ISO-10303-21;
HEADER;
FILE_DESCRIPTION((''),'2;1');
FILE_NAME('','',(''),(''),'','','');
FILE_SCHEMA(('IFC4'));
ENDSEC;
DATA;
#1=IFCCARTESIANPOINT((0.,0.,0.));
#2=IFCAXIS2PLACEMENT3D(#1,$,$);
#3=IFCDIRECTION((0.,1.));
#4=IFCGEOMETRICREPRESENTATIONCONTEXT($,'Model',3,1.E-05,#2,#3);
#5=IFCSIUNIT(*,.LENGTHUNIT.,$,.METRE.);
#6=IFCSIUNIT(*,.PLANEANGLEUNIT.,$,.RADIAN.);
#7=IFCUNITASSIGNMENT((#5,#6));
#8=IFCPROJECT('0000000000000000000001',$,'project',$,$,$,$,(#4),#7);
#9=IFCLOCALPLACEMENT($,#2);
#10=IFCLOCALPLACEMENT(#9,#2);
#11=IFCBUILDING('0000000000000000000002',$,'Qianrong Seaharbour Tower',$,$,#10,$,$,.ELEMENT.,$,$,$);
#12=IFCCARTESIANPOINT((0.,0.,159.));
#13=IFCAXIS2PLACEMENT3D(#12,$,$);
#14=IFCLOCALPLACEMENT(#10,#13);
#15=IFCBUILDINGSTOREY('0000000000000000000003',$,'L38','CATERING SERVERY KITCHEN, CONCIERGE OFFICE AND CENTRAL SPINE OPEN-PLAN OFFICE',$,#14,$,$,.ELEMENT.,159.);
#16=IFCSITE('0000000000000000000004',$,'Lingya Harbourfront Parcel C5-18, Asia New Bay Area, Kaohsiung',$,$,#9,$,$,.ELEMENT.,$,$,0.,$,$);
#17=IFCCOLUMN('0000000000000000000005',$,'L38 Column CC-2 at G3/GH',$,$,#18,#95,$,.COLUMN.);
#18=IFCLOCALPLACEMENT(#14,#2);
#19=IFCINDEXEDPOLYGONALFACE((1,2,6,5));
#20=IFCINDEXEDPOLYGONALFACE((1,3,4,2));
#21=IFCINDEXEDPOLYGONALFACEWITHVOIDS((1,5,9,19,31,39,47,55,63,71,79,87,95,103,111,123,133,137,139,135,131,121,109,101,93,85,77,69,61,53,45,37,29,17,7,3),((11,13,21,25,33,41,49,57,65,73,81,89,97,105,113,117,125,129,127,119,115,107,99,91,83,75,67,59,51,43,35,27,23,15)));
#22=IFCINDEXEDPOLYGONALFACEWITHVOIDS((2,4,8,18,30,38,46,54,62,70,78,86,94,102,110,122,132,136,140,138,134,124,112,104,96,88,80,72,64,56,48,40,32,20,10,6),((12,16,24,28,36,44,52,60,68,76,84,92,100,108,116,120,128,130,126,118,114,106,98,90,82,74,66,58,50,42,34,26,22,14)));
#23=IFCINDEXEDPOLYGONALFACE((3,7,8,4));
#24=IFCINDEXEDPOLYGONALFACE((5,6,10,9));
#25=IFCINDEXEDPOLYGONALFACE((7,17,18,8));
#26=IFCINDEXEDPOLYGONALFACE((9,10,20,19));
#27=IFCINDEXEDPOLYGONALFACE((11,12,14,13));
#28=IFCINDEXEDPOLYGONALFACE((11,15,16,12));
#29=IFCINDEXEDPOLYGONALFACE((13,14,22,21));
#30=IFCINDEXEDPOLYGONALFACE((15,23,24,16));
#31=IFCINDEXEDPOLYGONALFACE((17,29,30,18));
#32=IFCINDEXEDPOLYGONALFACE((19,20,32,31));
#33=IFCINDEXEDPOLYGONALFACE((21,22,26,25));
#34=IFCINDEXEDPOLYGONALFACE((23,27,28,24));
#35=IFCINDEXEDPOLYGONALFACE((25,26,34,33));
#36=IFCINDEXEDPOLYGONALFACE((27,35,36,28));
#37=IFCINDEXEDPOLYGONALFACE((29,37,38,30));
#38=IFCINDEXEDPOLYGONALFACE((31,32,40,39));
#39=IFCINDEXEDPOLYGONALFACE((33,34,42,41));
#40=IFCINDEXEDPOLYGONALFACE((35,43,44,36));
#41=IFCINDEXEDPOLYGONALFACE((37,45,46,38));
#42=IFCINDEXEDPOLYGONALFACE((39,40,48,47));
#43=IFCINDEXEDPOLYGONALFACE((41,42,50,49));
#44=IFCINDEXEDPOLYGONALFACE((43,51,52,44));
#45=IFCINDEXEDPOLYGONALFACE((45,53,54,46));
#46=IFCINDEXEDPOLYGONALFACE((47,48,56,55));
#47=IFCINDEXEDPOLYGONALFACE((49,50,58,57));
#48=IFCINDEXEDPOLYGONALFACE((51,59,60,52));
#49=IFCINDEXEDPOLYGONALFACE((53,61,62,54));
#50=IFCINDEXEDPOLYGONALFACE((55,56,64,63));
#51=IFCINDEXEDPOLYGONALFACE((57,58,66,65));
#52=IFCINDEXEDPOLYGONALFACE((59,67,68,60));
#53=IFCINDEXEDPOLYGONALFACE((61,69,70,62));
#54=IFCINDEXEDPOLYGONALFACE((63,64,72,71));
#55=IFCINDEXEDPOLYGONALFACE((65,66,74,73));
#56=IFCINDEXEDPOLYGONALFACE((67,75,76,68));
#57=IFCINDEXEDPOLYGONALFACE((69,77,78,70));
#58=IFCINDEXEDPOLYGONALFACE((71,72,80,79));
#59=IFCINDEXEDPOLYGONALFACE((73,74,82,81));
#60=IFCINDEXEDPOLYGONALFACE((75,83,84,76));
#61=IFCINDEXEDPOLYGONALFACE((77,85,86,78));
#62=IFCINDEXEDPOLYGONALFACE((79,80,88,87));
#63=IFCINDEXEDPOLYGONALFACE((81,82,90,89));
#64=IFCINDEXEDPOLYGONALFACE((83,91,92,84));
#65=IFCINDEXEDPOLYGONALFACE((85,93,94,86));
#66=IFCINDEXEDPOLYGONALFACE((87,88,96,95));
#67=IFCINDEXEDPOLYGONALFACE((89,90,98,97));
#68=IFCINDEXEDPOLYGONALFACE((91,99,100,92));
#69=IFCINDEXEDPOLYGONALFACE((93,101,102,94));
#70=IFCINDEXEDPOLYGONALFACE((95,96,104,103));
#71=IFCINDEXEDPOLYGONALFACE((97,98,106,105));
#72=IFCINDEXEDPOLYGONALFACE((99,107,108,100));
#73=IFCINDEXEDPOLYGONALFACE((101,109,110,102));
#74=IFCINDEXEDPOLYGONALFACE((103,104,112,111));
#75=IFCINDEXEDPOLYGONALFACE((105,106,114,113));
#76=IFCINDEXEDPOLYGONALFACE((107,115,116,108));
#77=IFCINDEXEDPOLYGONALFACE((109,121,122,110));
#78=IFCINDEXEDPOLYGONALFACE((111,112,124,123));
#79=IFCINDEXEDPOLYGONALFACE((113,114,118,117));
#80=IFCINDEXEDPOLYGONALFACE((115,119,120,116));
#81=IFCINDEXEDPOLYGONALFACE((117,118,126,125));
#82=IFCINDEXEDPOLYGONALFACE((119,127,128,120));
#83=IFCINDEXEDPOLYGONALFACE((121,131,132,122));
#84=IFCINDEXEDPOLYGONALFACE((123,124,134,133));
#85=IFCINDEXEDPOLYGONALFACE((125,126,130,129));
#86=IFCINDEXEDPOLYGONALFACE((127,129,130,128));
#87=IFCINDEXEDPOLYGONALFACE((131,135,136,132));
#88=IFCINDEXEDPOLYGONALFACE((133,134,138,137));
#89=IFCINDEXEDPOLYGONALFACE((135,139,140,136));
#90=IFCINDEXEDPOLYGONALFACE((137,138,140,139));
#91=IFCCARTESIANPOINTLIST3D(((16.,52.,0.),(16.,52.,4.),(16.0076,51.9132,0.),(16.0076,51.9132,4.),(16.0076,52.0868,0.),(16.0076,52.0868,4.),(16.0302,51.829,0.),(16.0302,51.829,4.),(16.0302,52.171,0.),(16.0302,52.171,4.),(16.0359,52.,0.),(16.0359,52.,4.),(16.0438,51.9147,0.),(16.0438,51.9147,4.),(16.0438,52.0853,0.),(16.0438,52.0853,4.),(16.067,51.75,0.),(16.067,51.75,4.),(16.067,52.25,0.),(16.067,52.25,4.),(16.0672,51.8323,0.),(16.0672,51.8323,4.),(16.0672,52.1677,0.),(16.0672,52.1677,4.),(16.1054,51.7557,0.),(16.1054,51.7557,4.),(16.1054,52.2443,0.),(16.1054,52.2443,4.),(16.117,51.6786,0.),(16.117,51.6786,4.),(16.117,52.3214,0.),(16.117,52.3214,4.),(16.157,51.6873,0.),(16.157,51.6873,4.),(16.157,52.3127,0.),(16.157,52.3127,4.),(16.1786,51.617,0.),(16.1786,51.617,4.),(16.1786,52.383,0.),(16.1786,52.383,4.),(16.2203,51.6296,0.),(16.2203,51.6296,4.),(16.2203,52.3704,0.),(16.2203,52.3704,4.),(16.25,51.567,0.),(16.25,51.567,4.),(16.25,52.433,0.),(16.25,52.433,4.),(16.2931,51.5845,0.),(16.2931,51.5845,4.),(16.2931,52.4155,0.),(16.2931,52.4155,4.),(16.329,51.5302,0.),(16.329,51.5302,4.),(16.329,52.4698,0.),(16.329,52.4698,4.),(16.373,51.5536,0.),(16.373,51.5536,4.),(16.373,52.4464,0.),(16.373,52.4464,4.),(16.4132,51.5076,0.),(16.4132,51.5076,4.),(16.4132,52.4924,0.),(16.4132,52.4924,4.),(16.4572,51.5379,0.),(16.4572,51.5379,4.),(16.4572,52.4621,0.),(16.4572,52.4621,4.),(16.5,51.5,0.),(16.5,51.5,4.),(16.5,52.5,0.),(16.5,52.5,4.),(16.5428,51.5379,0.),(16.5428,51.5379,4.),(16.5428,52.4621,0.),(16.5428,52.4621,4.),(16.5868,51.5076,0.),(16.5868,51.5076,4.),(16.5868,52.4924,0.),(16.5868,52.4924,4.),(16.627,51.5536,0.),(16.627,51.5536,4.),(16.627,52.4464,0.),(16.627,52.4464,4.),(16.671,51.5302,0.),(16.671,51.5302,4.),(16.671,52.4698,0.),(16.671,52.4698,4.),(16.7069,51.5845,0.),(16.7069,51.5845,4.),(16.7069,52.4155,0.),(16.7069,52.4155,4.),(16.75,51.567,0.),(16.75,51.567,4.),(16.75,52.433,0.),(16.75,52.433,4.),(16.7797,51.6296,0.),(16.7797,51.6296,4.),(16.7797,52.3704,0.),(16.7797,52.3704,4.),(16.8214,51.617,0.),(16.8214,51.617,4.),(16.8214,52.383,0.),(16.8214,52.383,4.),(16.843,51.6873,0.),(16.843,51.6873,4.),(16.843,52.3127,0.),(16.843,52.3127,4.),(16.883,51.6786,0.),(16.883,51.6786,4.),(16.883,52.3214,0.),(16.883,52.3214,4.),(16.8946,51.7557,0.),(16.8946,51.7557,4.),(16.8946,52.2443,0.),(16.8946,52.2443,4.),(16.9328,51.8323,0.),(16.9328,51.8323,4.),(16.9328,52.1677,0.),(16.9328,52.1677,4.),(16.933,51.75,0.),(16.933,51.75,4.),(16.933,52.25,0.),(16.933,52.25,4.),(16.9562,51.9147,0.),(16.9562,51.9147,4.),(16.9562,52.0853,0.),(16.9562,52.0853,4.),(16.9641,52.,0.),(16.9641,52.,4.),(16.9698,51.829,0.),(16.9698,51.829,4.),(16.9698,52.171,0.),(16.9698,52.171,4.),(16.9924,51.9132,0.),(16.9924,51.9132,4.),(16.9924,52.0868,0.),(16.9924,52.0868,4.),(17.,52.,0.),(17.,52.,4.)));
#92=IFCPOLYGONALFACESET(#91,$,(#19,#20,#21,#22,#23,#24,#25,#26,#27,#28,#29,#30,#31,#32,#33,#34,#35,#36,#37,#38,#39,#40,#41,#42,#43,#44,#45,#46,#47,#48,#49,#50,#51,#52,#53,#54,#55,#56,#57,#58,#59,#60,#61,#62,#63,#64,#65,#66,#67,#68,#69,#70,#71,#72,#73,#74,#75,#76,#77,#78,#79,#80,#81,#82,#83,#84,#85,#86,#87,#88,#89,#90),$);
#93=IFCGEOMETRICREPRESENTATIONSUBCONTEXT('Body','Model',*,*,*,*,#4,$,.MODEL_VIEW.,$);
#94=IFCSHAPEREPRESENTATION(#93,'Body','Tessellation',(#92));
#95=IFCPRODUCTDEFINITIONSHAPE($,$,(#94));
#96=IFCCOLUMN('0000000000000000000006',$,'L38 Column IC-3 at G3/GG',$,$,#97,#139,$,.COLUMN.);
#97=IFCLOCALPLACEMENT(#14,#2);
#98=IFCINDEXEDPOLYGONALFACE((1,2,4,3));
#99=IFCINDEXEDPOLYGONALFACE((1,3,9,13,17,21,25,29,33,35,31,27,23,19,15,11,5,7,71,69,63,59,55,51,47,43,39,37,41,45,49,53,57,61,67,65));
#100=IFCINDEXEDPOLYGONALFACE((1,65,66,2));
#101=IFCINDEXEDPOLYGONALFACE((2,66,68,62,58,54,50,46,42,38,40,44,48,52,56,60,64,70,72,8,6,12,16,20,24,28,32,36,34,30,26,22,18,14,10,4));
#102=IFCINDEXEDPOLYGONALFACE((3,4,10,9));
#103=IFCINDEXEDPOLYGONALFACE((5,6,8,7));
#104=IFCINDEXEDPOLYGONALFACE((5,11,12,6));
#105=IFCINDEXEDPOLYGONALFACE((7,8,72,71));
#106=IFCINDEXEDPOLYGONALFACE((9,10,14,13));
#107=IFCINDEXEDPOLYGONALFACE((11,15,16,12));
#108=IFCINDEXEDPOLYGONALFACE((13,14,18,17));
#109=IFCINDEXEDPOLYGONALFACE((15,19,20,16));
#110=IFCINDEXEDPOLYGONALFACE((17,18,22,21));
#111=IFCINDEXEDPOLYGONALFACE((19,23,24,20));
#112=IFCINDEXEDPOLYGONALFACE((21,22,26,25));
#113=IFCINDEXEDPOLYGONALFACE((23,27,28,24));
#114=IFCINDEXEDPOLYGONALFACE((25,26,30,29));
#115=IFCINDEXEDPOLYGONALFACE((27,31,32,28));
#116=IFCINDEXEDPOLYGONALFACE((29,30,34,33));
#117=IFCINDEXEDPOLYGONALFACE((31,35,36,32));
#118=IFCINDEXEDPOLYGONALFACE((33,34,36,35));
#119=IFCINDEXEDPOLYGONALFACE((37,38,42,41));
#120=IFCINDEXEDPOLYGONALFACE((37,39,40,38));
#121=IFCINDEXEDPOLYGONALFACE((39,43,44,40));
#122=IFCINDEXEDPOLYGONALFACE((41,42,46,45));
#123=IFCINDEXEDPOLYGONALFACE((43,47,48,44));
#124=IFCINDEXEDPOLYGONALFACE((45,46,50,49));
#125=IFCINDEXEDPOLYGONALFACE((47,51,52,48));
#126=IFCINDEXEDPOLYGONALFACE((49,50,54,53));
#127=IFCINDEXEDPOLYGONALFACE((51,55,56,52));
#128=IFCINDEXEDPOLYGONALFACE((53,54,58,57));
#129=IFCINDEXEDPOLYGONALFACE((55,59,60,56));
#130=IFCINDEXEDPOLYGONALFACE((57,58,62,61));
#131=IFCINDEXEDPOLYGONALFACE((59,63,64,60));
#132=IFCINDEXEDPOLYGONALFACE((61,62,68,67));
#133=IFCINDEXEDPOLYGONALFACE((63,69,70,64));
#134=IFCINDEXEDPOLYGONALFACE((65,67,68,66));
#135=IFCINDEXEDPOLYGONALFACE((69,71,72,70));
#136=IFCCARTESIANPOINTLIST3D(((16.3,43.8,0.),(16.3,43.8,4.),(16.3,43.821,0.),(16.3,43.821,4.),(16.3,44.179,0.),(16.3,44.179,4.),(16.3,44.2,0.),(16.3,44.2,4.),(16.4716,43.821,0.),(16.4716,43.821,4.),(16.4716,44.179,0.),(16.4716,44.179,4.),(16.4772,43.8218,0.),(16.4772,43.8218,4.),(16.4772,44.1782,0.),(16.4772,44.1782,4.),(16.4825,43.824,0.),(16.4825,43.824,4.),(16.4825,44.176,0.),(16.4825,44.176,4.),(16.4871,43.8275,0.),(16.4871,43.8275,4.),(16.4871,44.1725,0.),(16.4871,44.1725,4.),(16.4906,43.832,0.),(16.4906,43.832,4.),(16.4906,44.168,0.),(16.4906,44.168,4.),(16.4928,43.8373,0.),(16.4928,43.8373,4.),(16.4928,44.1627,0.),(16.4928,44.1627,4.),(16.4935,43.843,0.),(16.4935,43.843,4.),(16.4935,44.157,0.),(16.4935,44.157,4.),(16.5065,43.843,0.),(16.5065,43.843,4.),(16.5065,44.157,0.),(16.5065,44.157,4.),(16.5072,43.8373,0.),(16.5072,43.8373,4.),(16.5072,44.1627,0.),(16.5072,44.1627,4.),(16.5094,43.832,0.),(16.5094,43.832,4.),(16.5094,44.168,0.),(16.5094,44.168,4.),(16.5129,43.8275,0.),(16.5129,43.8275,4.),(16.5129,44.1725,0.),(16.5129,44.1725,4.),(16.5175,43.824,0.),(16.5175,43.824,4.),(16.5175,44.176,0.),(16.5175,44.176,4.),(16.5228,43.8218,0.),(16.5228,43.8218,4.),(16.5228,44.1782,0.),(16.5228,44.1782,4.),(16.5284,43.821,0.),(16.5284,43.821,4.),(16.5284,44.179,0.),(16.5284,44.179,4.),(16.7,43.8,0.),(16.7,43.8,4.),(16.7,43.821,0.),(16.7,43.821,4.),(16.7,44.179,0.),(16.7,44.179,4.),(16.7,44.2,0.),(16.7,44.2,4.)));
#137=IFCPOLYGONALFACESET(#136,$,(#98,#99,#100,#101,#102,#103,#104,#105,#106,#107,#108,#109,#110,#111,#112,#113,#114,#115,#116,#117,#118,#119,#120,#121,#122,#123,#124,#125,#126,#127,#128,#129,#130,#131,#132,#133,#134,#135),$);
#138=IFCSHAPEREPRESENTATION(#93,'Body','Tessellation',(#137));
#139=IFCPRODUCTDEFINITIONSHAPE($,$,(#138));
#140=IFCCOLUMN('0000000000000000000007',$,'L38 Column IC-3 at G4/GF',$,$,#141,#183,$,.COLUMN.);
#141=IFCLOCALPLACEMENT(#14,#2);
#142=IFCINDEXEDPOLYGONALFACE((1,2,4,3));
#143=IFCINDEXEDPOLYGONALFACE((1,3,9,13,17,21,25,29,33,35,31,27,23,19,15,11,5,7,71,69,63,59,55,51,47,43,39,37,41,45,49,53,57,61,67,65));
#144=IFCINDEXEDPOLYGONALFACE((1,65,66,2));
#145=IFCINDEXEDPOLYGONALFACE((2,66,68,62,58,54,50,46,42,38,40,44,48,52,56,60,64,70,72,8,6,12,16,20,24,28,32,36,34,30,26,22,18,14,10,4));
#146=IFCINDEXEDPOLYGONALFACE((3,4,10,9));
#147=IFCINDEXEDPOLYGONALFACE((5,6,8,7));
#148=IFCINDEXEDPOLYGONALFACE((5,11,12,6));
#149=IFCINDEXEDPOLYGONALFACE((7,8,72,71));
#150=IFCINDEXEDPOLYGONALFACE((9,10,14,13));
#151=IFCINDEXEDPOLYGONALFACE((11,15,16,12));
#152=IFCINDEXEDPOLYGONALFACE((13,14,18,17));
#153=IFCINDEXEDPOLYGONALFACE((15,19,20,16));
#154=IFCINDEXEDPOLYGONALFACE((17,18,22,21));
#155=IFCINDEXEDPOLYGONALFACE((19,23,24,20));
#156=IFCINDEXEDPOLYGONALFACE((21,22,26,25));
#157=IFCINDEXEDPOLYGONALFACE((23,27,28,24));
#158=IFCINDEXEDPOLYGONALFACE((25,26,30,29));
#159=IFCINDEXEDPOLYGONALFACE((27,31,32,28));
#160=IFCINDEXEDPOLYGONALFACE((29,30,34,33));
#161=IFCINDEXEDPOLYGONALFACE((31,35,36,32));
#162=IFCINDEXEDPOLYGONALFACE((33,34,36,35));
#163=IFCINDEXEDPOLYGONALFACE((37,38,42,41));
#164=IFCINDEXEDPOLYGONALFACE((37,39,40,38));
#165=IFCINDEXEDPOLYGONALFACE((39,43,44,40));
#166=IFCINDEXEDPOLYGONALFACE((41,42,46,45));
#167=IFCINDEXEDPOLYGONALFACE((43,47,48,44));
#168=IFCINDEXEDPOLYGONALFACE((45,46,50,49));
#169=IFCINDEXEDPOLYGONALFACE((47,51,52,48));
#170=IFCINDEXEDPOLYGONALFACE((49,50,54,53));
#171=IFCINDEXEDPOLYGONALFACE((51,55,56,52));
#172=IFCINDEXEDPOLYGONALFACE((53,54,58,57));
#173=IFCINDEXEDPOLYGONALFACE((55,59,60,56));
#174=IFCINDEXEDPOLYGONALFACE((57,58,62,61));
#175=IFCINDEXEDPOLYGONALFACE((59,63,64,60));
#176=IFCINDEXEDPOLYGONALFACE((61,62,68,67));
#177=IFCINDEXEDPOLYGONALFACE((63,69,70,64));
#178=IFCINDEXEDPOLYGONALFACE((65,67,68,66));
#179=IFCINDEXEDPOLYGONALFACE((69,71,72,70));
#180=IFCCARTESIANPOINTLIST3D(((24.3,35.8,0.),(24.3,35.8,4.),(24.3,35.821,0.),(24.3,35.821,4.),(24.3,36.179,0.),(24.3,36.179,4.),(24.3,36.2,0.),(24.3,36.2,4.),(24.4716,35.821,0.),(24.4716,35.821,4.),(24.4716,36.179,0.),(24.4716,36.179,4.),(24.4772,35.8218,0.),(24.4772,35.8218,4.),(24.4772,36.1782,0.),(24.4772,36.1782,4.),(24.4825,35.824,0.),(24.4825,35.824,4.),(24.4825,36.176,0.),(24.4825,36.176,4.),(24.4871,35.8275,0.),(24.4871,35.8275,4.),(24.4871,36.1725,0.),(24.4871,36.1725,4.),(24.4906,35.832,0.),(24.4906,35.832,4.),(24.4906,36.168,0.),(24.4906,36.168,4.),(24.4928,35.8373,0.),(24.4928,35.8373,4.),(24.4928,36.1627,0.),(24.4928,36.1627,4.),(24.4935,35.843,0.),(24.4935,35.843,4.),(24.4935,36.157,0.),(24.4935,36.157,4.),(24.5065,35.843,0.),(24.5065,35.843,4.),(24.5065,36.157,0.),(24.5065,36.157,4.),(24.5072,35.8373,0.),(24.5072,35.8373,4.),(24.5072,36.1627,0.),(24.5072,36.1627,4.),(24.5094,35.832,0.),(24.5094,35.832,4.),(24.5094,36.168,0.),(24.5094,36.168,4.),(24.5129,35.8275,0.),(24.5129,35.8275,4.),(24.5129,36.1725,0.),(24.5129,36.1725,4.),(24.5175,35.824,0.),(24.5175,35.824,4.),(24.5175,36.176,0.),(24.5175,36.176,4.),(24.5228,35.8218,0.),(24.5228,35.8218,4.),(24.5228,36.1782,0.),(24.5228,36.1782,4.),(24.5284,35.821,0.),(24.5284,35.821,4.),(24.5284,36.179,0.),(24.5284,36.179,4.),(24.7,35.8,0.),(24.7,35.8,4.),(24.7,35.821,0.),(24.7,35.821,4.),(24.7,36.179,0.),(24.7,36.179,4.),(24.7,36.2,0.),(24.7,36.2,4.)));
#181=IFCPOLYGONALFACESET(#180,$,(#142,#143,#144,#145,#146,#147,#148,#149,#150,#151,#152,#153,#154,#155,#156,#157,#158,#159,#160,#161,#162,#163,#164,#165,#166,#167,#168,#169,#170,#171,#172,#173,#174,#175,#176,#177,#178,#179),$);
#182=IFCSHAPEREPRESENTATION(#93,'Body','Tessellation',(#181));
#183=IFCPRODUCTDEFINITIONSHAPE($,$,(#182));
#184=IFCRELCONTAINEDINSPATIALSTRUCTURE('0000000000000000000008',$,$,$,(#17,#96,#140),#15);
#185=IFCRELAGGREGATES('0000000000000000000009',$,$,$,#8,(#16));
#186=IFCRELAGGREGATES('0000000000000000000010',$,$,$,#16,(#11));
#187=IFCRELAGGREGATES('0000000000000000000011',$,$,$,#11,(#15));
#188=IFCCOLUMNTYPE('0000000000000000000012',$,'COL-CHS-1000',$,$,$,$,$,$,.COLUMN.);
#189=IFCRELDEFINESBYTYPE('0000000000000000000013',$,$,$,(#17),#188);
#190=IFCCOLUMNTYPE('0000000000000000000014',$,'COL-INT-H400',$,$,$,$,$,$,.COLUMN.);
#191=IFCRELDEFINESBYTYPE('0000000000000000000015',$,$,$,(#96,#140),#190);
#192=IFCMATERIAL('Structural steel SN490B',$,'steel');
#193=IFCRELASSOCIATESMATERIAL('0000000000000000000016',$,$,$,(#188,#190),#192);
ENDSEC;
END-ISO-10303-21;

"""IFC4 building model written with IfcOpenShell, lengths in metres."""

from ifc_helpers import new_model, si_unit, direction, frame, origin, origin_2d, place, context, subcontext, project, spatial, hollow_circle, i_section, extrude, material, material_profile, profile_set, type_object, element, save


model = new_model("IFC4")

# Units and contexts
model_context = context("Model", 3, precision=1e-05, world=origin(), true_north=direction((0.0, 1.0)))
body_context = subcontext(model_context, "Body", "Model", "MODEL_VIEW")
ifc_project = project(units=[si_unit("LENGTHUNIT", "METRE"), si_unit("PLANEANGLEUNIT", "RADIAN")], contexts=[model_context])

# Site, building, storey
site_placement = place(None, origin())
site = spatial("IfcSite", under=ifc_project, at=site_placement, Name="Lingya Harbourfront Parcel C5-18, Asia New Bay Area, Kaohsiung", CompositionType="ELEMENT", RefElevation=0.0)
building_placement = place(site_placement, origin())
building = spatial("IfcBuilding", under=site, at=building_placement, Name="Qianrong Seaharbour Tower", CompositionType="ELEMENT")
storey_placement = place(building_placement, frame((0.0, 0.0, 159.0)))
storey = spatial("IfcBuildingStorey", under=building, at=storey_placement, Name="L38", Description="CATERING SERVERY KITCHEN, CONCIERGE OFFICE AND CENTRAL SPINE OPEN-PLAN OFFICE", CompositionType="ELEMENT", Elevation=159.0)

# Columns
ifc_material_1 = material(Name="Structural steel SN490B", Category="steel")
ifc_material_profile_1 = material_profile(ifc_material_1, hollow_circle(Radius=0.5, WallThickness=0.0359, at=origin_2d()), Name="CHS1000x36")
ifc_profile_set_1 = profile_set([ifc_material_profile_1], Name="Structural steel SN490B")
column_type_1 = type_object("IfcColumnType", Name="COL-CHS-1000", PredefinedType="COLUMN", material=ifc_profile_set_1)
column_placement = place(storey_placement, frame((16.5, 52.0, 0.0), z_axis=(0.0, 0.0, 1.0), x_axis=(1.0, 0.0, 0.0)))
element("IfcColumn", 1, at=column_placement, inside=storey, type_object=column_type_1, Name="L38 Column CC-2 at G3/GH", PredefinedType="COLUMN", context=body_context, shape_type="SweptSolid", body=[
    extrude(hollow_circle(Radius=0.5, WallThickness=0.0359, at=origin_2d()), origin(), (0.0, 0.0, 1.0), 4.0),
])
ifc_material_profile_2 = material_profile(ifc_material_1, i_section(OverallWidth=0.3999, OverallDepth=0.3999, WebThickness=0.0129, FlangeThickness=0.021, FilletRadius=0.022, at=origin_2d()), Name="H400x400x13x21")
ifc_profile_set_2 = profile_set([ifc_material_profile_2], Name="Structural steel SN490B")
column_type_2 = type_object("IfcColumnType", Name="COL-INT-H400", PredefinedType="COLUMN", material=ifc_profile_set_2)
for number, where, z_axis, x_axis, name in (
    (2, (16.5, 44.0, 0.0), (0.0, 0.0, 1.0), (1.0, 0.0, 0.0), "L38 Column IC-3 at G3/GG"),
    (3, (24.5, 36.0, 0.0), (0.0, 0.0, 1.0), (1.0, 0.0, 0.0), "L38 Column IC-3 at G4/GF"),
):
    element("IfcColumn", number, at=place(storey_placement, frame(where, z_axis=z_axis, x_axis=x_axis)), inside=storey, type_object=column_type_2, Name=name, PredefinedType="COLUMN", context=body_context, shape_type="SweptSolid", body=[
        extrude(i_section(OverallWidth=0.3999, OverallDepth=0.3999, WebThickness=0.0129, FlangeThickness=0.021, FilletRadius=0.022, at=origin_2d()), origin(), (0.0, 0.0, 1.0), 4.0),
    ])

save(model, "model.ifc")
